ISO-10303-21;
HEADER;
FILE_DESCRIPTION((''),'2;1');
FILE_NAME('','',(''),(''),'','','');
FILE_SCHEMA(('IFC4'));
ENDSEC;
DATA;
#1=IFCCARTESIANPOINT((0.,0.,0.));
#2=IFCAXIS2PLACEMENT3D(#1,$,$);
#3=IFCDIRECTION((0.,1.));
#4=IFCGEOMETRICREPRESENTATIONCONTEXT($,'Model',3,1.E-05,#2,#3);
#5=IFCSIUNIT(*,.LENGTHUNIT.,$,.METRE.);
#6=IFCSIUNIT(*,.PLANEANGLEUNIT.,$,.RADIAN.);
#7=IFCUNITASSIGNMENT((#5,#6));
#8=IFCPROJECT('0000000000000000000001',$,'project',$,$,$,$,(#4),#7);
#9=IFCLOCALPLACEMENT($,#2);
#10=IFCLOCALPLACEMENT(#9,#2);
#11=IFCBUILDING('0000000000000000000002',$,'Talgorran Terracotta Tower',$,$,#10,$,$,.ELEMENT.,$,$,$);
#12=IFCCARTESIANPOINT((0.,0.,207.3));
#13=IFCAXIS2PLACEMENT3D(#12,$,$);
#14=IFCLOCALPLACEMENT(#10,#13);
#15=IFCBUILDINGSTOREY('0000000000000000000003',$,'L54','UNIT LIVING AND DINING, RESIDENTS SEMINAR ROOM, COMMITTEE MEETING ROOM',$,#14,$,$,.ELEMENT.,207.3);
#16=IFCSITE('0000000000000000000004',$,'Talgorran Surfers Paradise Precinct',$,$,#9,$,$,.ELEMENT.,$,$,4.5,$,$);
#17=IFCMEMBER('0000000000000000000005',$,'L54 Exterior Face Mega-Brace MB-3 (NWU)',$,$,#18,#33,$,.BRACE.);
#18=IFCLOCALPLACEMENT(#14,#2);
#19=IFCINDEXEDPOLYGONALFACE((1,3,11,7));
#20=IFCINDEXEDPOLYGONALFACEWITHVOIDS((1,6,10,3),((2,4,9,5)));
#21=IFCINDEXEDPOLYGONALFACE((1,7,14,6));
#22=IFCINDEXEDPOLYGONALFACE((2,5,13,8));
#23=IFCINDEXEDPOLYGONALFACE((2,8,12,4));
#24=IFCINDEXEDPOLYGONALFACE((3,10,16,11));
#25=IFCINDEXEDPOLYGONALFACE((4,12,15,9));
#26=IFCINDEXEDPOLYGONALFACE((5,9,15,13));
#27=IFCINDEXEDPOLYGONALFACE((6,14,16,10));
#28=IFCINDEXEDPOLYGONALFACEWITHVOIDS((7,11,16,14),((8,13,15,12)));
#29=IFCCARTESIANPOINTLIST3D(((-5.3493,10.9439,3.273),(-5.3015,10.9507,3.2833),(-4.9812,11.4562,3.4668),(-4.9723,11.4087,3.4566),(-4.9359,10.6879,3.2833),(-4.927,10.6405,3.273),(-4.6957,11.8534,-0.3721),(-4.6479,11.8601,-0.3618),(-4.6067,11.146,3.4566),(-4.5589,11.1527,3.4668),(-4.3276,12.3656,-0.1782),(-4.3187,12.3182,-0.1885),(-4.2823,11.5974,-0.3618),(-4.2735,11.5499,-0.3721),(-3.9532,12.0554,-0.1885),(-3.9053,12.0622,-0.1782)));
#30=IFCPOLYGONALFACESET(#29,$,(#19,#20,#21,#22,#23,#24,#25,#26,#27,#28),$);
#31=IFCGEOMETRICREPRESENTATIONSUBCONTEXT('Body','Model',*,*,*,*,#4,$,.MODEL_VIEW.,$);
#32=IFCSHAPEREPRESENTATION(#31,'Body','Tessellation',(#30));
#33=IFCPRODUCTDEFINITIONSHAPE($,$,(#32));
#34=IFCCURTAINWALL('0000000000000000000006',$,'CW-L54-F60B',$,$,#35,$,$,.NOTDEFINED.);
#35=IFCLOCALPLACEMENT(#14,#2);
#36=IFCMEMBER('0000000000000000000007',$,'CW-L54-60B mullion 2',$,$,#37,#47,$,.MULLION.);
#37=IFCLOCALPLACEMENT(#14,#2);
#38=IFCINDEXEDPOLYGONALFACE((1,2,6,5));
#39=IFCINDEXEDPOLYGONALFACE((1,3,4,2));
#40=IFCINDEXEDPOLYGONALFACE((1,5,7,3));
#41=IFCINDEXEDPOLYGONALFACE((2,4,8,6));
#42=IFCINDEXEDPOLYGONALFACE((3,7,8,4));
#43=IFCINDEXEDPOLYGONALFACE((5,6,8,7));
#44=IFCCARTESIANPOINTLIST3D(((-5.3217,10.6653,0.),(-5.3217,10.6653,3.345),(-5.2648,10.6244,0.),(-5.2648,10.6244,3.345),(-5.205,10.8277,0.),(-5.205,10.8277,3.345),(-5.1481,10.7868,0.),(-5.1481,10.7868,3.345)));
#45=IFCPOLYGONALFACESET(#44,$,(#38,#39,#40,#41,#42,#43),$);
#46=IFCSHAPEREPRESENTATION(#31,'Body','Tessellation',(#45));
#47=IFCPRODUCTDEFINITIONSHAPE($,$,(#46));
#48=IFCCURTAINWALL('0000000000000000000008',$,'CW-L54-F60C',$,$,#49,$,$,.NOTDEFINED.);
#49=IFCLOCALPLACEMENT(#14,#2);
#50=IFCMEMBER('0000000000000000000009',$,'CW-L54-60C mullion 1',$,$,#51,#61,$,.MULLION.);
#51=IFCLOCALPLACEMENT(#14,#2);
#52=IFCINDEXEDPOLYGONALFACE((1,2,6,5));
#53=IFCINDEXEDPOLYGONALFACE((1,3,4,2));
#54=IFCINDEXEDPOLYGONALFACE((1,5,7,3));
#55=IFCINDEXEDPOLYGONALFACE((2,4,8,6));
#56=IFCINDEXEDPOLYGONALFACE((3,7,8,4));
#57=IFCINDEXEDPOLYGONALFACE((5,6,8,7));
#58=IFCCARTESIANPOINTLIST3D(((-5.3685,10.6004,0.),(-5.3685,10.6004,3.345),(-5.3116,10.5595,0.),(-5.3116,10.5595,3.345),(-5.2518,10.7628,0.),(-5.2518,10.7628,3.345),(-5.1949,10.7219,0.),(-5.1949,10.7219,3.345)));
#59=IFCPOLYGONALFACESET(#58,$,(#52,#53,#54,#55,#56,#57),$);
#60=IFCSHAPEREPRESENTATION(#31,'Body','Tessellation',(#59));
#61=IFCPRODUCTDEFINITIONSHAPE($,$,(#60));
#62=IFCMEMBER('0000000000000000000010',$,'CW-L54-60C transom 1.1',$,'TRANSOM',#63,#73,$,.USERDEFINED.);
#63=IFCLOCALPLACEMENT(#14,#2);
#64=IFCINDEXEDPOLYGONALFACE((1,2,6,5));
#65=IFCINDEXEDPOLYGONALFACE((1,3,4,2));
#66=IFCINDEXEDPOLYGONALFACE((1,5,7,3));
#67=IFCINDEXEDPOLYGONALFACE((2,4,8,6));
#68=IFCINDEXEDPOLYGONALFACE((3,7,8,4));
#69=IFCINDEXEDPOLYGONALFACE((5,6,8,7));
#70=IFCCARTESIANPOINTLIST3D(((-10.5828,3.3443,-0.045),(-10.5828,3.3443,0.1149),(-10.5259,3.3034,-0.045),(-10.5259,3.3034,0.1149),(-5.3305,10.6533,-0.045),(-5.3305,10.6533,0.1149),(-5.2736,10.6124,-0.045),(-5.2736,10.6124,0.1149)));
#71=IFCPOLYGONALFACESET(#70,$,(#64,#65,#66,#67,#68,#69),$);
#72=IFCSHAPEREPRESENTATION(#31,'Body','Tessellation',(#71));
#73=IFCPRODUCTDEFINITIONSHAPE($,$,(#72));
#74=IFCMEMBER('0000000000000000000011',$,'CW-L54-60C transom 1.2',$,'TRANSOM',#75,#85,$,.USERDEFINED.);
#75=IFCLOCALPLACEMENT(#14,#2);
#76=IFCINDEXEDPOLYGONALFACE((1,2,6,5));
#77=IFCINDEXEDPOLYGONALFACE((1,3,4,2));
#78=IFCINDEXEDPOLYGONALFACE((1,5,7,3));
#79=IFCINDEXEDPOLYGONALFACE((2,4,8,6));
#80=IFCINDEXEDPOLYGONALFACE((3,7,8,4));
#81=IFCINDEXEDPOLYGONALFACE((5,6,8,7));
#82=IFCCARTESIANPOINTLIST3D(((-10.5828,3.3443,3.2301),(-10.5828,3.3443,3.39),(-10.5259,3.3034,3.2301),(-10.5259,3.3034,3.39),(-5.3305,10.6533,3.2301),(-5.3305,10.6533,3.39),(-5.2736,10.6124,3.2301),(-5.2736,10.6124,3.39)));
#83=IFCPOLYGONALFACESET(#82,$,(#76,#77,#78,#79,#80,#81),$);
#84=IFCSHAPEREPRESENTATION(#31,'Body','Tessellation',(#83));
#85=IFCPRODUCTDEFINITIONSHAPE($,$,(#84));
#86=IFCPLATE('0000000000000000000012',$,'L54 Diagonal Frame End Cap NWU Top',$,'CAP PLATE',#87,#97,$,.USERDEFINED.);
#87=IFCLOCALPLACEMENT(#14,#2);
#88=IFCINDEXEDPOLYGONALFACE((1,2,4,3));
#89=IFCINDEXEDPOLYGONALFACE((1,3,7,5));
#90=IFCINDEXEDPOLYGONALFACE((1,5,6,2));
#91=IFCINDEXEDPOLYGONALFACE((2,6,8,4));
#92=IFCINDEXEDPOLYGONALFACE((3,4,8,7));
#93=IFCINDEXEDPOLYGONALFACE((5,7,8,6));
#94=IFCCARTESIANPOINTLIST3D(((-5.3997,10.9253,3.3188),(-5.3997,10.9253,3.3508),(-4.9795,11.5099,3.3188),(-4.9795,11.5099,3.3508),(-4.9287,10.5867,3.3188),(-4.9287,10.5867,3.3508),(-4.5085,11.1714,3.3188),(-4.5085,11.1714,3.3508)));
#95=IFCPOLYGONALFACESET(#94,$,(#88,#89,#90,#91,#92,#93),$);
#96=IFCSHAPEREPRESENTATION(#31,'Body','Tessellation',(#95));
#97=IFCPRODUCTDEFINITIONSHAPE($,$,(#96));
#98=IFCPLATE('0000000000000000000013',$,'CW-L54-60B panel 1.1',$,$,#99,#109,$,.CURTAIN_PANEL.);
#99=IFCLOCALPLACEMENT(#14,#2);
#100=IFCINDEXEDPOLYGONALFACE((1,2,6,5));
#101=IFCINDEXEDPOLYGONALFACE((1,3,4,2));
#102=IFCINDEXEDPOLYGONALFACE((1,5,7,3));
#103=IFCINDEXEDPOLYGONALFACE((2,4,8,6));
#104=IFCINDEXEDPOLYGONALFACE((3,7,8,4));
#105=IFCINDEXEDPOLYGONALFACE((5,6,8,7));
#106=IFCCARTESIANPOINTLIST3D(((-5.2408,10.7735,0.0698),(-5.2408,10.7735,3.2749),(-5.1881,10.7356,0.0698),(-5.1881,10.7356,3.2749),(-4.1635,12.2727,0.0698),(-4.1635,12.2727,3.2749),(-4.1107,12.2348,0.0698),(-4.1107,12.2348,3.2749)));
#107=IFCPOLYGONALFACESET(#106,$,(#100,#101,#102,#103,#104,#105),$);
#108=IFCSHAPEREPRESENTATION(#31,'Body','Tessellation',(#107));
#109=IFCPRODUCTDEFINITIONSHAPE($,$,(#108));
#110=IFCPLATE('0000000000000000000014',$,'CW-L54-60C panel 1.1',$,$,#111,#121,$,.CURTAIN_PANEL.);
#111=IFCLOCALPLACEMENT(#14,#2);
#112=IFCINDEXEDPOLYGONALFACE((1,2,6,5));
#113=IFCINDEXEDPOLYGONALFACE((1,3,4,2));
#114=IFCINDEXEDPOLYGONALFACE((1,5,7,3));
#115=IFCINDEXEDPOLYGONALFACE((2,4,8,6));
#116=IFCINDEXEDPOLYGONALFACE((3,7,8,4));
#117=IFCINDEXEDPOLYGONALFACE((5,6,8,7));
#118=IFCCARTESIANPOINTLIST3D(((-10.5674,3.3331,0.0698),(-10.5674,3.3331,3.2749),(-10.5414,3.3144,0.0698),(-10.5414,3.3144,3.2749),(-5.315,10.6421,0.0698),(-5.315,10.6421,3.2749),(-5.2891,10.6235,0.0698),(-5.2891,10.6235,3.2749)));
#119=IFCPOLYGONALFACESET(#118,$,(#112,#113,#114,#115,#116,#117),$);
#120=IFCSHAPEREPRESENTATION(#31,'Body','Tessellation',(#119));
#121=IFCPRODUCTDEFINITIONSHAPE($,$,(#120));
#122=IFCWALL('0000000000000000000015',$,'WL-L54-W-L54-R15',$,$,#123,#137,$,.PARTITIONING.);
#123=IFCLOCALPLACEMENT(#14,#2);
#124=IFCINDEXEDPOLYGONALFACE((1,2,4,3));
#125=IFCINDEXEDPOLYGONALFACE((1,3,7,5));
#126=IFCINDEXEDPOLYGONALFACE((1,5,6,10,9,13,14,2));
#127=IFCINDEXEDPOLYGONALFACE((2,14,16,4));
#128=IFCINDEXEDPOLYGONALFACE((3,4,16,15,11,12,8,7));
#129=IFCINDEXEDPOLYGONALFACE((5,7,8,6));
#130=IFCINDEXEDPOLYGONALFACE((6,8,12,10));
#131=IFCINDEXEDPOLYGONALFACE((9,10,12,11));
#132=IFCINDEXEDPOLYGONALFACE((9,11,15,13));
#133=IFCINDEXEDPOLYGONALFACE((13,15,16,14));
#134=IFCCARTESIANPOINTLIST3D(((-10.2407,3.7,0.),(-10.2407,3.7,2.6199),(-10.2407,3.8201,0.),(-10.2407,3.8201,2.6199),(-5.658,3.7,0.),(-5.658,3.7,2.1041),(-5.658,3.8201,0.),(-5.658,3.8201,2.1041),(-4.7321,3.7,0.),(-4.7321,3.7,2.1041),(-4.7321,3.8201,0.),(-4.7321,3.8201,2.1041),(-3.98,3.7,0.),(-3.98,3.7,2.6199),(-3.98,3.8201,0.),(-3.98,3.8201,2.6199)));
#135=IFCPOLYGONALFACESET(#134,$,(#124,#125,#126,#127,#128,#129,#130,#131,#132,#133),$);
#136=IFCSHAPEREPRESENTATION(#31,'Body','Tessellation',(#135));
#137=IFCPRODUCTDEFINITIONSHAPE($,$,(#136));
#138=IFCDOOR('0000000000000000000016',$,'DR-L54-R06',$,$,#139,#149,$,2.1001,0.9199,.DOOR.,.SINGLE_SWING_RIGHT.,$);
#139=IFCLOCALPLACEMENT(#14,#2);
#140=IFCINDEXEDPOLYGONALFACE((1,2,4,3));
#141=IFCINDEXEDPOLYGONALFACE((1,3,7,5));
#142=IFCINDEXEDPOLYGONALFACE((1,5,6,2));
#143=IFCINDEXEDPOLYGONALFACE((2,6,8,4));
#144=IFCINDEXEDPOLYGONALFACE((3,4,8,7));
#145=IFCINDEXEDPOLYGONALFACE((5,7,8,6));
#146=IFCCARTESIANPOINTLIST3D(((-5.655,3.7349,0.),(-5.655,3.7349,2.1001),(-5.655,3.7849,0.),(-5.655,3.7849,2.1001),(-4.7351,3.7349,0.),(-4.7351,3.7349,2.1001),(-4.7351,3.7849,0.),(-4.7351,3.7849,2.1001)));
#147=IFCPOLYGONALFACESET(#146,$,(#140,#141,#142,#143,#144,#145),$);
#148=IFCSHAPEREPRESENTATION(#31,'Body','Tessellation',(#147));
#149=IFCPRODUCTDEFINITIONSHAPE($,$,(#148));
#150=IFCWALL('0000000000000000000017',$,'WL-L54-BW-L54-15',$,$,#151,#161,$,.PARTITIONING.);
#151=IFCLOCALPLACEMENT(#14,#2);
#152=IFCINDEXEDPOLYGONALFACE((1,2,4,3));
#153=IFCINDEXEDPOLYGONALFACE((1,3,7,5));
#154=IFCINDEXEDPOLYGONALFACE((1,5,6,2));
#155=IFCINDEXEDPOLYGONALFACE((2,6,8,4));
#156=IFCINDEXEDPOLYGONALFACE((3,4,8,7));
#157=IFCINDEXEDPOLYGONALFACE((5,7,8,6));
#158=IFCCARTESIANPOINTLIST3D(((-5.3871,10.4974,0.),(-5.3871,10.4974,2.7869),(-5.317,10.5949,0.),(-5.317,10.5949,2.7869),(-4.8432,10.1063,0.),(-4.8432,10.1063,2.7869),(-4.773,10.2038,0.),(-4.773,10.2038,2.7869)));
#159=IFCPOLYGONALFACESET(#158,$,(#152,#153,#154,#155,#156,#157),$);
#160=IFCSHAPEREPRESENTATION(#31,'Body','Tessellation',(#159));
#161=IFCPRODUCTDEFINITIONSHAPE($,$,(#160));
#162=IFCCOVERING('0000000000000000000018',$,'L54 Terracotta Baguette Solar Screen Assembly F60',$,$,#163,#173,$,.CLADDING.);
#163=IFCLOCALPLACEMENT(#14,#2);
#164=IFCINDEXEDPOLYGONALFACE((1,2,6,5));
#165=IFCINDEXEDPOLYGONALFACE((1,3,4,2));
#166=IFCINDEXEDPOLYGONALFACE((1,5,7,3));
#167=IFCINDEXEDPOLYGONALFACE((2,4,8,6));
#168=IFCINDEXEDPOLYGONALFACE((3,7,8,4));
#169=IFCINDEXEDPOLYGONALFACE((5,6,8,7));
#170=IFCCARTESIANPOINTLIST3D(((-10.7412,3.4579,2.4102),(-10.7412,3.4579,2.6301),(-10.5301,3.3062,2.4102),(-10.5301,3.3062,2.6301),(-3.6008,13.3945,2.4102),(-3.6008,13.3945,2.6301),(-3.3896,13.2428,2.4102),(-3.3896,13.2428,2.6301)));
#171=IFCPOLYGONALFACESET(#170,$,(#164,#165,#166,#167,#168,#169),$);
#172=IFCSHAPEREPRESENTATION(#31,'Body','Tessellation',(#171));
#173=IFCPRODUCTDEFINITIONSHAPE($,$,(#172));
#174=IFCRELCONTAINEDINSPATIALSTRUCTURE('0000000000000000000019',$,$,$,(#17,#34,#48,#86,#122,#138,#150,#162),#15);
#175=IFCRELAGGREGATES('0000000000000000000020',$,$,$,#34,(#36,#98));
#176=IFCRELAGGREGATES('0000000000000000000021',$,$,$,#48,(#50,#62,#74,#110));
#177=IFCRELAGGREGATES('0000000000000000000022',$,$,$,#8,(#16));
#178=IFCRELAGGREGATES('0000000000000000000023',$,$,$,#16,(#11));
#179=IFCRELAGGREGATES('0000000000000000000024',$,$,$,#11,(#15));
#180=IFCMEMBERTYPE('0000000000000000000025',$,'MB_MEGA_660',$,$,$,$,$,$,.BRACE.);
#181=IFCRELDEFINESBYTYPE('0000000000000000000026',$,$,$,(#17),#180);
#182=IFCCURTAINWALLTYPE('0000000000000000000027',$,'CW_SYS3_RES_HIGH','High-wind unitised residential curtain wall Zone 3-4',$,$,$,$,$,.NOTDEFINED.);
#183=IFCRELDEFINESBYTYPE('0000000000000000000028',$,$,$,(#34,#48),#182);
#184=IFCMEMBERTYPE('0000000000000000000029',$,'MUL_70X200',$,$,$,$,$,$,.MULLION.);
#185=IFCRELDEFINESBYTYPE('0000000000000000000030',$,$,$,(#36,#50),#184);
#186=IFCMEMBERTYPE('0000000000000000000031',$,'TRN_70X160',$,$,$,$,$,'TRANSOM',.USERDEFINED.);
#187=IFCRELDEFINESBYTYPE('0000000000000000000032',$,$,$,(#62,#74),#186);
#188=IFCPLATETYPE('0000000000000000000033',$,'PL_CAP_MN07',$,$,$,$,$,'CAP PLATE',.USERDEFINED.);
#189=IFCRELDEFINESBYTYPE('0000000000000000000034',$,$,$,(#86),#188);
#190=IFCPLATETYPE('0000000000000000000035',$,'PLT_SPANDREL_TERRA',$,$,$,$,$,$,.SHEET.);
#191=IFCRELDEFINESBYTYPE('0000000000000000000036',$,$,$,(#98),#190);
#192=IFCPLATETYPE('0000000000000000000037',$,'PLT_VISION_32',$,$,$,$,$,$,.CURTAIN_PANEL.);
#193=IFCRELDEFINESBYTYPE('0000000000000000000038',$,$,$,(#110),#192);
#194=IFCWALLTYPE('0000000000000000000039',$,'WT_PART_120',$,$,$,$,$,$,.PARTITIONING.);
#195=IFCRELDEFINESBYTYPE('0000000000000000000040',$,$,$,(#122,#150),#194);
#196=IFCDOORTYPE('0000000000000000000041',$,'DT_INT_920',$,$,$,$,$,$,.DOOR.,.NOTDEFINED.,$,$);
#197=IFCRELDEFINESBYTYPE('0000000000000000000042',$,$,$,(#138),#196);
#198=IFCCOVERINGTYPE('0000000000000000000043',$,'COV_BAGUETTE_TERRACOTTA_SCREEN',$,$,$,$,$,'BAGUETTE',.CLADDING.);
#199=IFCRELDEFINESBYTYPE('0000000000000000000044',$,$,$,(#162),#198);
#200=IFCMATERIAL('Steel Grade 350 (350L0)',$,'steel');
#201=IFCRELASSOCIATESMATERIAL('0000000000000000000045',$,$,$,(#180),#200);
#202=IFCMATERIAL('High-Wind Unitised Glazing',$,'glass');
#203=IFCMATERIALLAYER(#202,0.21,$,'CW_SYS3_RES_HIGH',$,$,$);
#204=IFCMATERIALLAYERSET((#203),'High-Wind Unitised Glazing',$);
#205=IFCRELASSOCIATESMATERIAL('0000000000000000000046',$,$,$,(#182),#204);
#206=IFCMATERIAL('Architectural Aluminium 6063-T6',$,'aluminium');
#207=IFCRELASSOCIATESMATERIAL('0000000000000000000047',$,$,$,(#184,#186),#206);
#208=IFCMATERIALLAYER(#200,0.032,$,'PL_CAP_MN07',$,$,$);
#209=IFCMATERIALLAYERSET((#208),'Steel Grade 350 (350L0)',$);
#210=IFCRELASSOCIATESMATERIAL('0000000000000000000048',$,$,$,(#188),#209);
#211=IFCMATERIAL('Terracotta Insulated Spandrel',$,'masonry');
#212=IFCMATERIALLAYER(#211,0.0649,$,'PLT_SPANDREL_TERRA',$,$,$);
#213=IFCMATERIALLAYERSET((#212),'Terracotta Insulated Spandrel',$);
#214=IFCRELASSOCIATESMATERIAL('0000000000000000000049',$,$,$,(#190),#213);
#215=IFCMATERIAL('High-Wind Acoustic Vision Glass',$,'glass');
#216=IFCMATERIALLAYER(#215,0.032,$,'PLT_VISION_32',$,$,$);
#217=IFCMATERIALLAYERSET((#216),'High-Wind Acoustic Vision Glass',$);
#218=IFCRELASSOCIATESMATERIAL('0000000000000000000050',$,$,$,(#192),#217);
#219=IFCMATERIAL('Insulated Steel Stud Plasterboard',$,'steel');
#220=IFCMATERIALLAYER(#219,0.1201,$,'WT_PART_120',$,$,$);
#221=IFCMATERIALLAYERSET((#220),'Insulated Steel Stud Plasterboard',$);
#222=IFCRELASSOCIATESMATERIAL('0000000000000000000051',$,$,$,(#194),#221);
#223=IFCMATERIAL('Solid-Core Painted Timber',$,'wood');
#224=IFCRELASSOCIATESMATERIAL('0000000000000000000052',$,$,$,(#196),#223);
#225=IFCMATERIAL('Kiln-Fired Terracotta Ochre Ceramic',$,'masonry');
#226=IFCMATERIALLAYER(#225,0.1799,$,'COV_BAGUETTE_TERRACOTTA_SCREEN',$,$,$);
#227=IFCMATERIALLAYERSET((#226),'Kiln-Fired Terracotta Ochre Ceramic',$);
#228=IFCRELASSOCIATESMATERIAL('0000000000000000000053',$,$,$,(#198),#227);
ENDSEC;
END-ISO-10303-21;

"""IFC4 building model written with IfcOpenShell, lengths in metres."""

from ifc_helpers import new_model, si_unit, direction, frame, frame_2d, origin, origin_2d, place, context, subcontext, project, spatial, rectangle, hollow_rectangle, extrude, source, transform, mapped, material, layer, layer_set, material_profile, profile_set, type_object, type_shapes, element, fill, aggregate, save


model = new_model("IFC4")

# Units and contexts
model_context = context("Model", 3, precision=1e-05, world=origin(), true_north=direction((0.0, 1.0)))
body_context = subcontext(model_context, "Body", "Model", "MODEL_VIEW")
ifc_project = project(units=[si_unit("LENGTHUNIT", "METRE"), si_unit("PLANEANGLEUNIT", "RADIAN")], contexts=[model_context])

# Site, building, storey
site_placement = place(None, origin())
site = spatial("IfcSite", under=ifc_project, at=site_placement, Name="Talgorran Surfers Paradise Precinct", CompositionType="ELEMENT", RefElevation=4.5)
building_placement = place(site_placement, origin())
building = spatial("IfcBuilding", under=site, at=building_placement, Name="Talgorran Terracotta Tower", CompositionType="ELEMENT")
storey_placement = place(building_placement, frame((0.0, 0.0, 207.3)))
storey = spatial("IfcBuildingStorey", under=building, at=storey_placement, Name="L54", Description="UNIT LIVING AND DINING, RESIDENTS SEMINAR ROOM, COMMITTEE MEETING ROOM", CompositionType="ELEMENT", Elevation=207.3)

# Shared definitions
ifc_material_1 = material(Name="Steel Grade 350 (350L0)", Category="steel")

# Member
ifc_material_profile_1 = material_profile(ifc_material_1, hollow_rectangle(XDim=0.52, YDim=0.6599, WallThickness=0.0349, at=origin_2d()), Name="WBOX660X520X35")
ifc_profile_set_1 = profile_set([ifc_material_profile_1], Name="Steel Grade 350 (350L0)")
member_type_1 = type_object("IfcMemberType", Name="MB_MEGA_660", PredefinedType="BRACE", material=ifc_profile_set_1)
member_1_placement = place(storey_placement, frame((-4.3005, 11.9578, -0.2751), z_axis=(-0.171396, -0.238495, 0.955899), x_axis=(0.812051, -0.583587, 0.0)))
element("IfcMember", 1, at=member_1_placement, inside=storey, type_object=member_type_1, Name="L54 Exterior Face Mega-Brace MB-3 (NWU)", PredefinedType="BRACE", context=body_context, shape_type="SweptSolid", body=[
    extrude(hollow_rectangle(XDim=0.52, YDim=0.6599, WallThickness=0.0349, at=origin_2d()), origin(), (0.0, 0.0, 1.0), 3.8132),
])

# Curtain wall, member
ifc_material_2 = material(Name="High-Wind Unitised Glazing", Category="glass")
ifc_layer_1 = layer(ifc_material_2, 0.21, Name="CW_SYS3_RES_HIGH")
ifc_layer_set_1 = layer_set([ifc_layer_1], Name="High-Wind Unitised Glazing")
curtain_wall_type = type_object("IfcCurtainWallType", Name="CW_SYS3_RES_HIGH", Description="High-wind unitised residential curtain wall Zone 3-4", PredefinedType="NOTDEFINED", material=ifc_layer_set_1)
curtain_wall_1_placement = place(storey_placement, origin())
curtain_wall_1 = element("IfcCurtainWall", 2, at=curtain_wall_1_placement, inside=storey, type_object=curtain_wall_type, Name="CW-L54-F60B", PredefinedType="NOTDEFINED")
ifc_material_3 = material(Name="Architectural Aluminium 6063-T6", Category="aluminium")
ifc_material_profile_2 = material_profile(ifc_material_3, rectangle(XDim=0.0701, YDim=0.2, at=origin_2d()), Name="CWM70X200")
ifc_profile_set_2 = profile_set([ifc_material_profile_2], Name="Architectural Aluminium 6063-T6")
member_type_2 = type_object("IfcMemberType", Name="MUL_70X200", PredefinedType="MULLION", material=ifc_profile_set_2)
member_2_placement = place(storey_placement, frame((-5.2349, 10.7261, 0.0), z_axis=(0.0, 0.0, 1.0), x_axis=(0.81208, -0.583546, 0.0)))
member_2 = element("IfcMember", 3, at=member_2_placement, type_object=member_type_2, Name="CW-L54-60B mullion 2", PredefinedType="MULLION", context=body_context, shape_type="SweptSolid", body=[
    extrude(rectangle(XDim=0.0701, YDim=0.2, at=origin_2d()), origin(), (0.0, 0.0, 1.0), 3.345),
])

# Curtain wall, members
curtain_wall_2_placement = place(storey_placement, origin())
curtain_wall_2 = element("IfcCurtainWall", 4, at=curtain_wall_2_placement, inside=storey, type_object=curtain_wall_type, Name="CW-L54-F60C", PredefinedType="NOTDEFINED")
member_3_placement = place(storey_placement, frame((-5.2817, 10.6611, 0.0), z_axis=(0.0, 0.0, 1.0), x_axis=(0.812071, -0.583559, 0.0)))
member_3 = element("IfcMember", 5, at=member_3_placement, type_object=member_type_2, Name="CW-L54-60C mullion 1", PredefinedType="MULLION", context=body_context, shape_type="SweptSolid", body=[
    extrude(rectangle(XDim=0.0701, YDim=0.2, at=origin_2d()), origin(), (0.0, 0.0, 1.0), 3.345),
])
ifc_material_profile_3 = material_profile(ifc_material_3, rectangle(XDim=0.0701, YDim=0.1599, at=origin_2d()), Name="CWT70X160")
ifc_profile_set_3 = profile_set([ifc_material_profile_3], Name="Architectural Aluminium 6063-T6")
member_type_3 = type_object("IfcMemberType", Name="TRN_70X160", ElementType="TRANSOM", PredefinedType="USERDEFINED", material=ifc_profile_set_3)
member_4_placement = place(storey_placement, frame((-5.302, 10.6328, 0.0349), z_axis=(-0.583566, -0.812066, 0.0), x_axis=(0.812066, -0.583566, 0.0)))
member_4 = element("IfcMember", 6, at=member_4_placement, type_object=member_type_3, Name="CW-L54-60C transom 1.1", ObjectType="TRANSOM", PredefinedType="USERDEFINED", context=body_context, shape_type="SweptSolid", body=[
    extrude(rectangle(XDim=0.0701, YDim=0.1599, at=origin_2d()), origin(), (0.0, 0.0, 1.0), 9.0005),
])
member_5_placement = place(storey_placement, frame((-5.302, 10.6328, 3.3101), z_axis=(-0.583566, -0.812066, 0.0), x_axis=(0.812066, -0.583566, 0.0)))
member_5 = element("IfcMember", 7, at=member_5_placement, type_object=member_type_3, Name="CW-L54-60C transom 1.2", ObjectType="TRANSOM", PredefinedType="USERDEFINED", context=body_context, shape_type="SweptSolid", body=[
    extrude(rectangle(XDim=0.0701, YDim=0.1599, at=origin_2d()), origin(), (0.0, 0.0, 1.0), 9.0005),
])

# Plates
ifc_layer_2 = layer(ifc_material_1, 0.032, Name="PL_CAP_MN07")
ifc_layer_set_2 = layer_set([ifc_layer_2], Name="Steel Grade 350 (350L0)")
plate_type_1 = type_object("IfcPlateType", Name="PL_CAP_MN07", ElementType="CAP PLATE", PredefinedType="USERDEFINED", material=ifc_layer_set_2)
plate_1_placement = place(storey_placement, frame((-4.9541, 11.0483, 3.3188), z_axis=(0.0, 0.0, 1.0), x_axis=(-0.583683, -0.811982, 0.0)))
element("IfcPlate", 8, at=plate_1_placement, inside=storey, type_object=plate_type_1, Name="L54 Diagonal Frame End Cap NWU Top", ObjectType="CAP PLATE", PredefinedType="USERDEFINED", context=body_context, shape_type="SweptSolid", body=[
    extrude(rectangle(XDim=0.72, YDim=0.5801, at=origin_2d()), origin(), (0.0, 0.0, 1.0), 0.032),
])
ifc_material_4 = material(Name="Terracotta Insulated Spandrel", Category="masonry")
ifc_layer_3 = layer(ifc_material_4, 0.0649, Name="PLT_SPANDREL_TERRA")
ifc_layer_set_3 = layer_set([ifc_layer_3], Name="Terracotta Insulated Spandrel")
plate_type_2 = type_object("IfcPlateType", Name="PLT_SPANDREL_TERRA", PredefinedType="SHEET", material=ifc_layer_set_3)
shared_shape_1 = source(origin(), body_context, "Body", "SweptSolid", [
    extrude(rectangle(XDim=1.8462, YDim=0.0649, at=origin_2d()), origin(), (0.0, 0.0, 1.0), 3.2051),
])
type_shapes(plate_type_2, [shared_shape_1])
plate_2_placement = place(storey_placement, frame((-4.6758, 11.5042, 0.0698), z_axis=(0.0, 0.0, 1.0), x_axis=(-0.583546, -0.81208, 0.0)))
plate_2 = element("IfcPlate", 9, at=plate_2_placement, type_object=plate_type_2, Name="CW-L54-60B panel 1.1", PredefinedType="CURTAIN_PANEL", context=body_context, shape_type="MappedRepresentation", body=[
    mapped(shared_shape_1, transform((0.0, 0.0, 0.0), scale=1.0)),
])
aggregate(curtain_wall_1, [member_2, plate_2])
ifc_material_5 = material(Name="High-Wind Acoustic Vision Glass", Category="glass")
ifc_layer_4 = layer(ifc_material_5, 0.032, Name="PLT_VISION_32")
ifc_layer_set_4 = layer_set([ifc_layer_4], Name="High-Wind Acoustic Vision Glass")
plate_type_3 = type_object("IfcPlateType", Name="PLT_VISION_32", PredefinedType="CURTAIN_PANEL", material=ifc_layer_set_4)
shared_shape_2 = source(origin(), body_context, "Body", "SweptSolid", [
    extrude(rectangle(XDim=9.0005, YDim=0.032, at=origin_2d()), origin(), (0.0, 0.0, 1.0), 3.2051),
])
type_shapes(plate_type_3, [shared_shape_2])
plate_3_placement = place(storey_placement, frame((-7.9282, 6.9783, 0.0698), z_axis=(0.0, 0.0, 1.0), x_axis=(-0.583559, -0.812071, 0.0)))
plate_3 = element("IfcPlate", 10, at=plate_3_placement, type_object=plate_type_3, Name="CW-L54-60C panel 1.1", PredefinedType="CURTAIN_PANEL", context=body_context, shape_type="MappedRepresentation", body=[
    mapped(shared_shape_2, transform((0.0, 0.0, 0.0), scale=1.0)),
])
aggregate(curtain_wall_2, [member_3, member_4, member_5, plate_3])

# Wall, opening, door
ifc_material_6 = material(Name="Insulated Steel Stud Plasterboard", Category="steel")
ifc_layer_5 = layer(ifc_material_6, 0.1201, Name="WT_PART_120")
ifc_layer_set_5 = layer_set([ifc_layer_5], Name="Insulated Steel Stud Plasterboard")
wall_type = type_object("IfcWallType", Name="WT_PART_120", PredefinedType="PARTITIONING", material=ifc_layer_set_5)
wall_1_placement = place(storey_placement, frame((-10.2407, 3.76, 0.0), z_axis=(0.0, 0.0, 1.0), x_axis=(1.0, 0.0, 0.0)))
wall_1 = element("IfcWall", 11, at=wall_1_placement, inside=storey, type_object=wall_type, Name="WL-L54-W-L54-R15", PredefinedType="PARTITIONING", context=body_context, shape_type="SweptSolid", body=[
    extrude(rectangle(XDim=6.2607, YDim=0.1201, at=frame_2d((3.1304, 0.0))), origin(), (0.0, 0.0, 1.0), 2.6199),
])
opening_placement = place(wall_1_placement, frame((4.5857, 0.0, 0.0)))
opening = element("IfcOpeningElement", 12, at=opening_placement, cuts=wall_1, PredefinedType="OPENING", context=body_context, shape_type="SweptSolid", body=[
    extrude(rectangle(XDim=0.9259, YDim=2.1041, at=frame_2d((0.46, 1.052))), frame((0.0, 0.0701, 0.0), z_axis=(0.0, -1.0, 0.0), x_axis=(1.0, 0.0, 0.0)), (0.0, 0.0, 1.0), 0.1401),
])
ifc_material_7 = material(Name="Solid-Core Painted Timber", Category="wood")
door_type = type_object("IfcDoorType", Name="DT_INT_920", OperationType="NOTDEFINED", PredefinedType="DOOR", material=ifc_material_7)
door_placement = place(opening_placement, origin())
door = element("IfcDoor", 13, at=door_placement, inside=storey, type_object=door_type, Name="DR-L54-R06", OperationType="SINGLE_SWING_RIGHT", OverallHeight=2.1001, OverallWidth=0.9199, PredefinedType="DOOR", context=body_context, shape_type="SweptSolid", body=[
    extrude(rectangle(XDim=0.9199, YDim=2.1001, at=frame_2d((0.46, 1.05))), frame((0.0, 0.0249, 0.0), z_axis=(0.0, -1.0, 0.0), x_axis=(1.0, 0.0, 0.0)), (0.0, 0.0, 1.0), 0.05),
])
fill(opening, door)

# Wall
wall_2_placement = place(storey_placement, frame((-4.8081, 10.155, 0.0), z_axis=(0.0, 0.0, 1.0), x_axis=(-0.811907, 0.583786, 0.0)))
element("IfcWall", 14, at=wall_2_placement, inside=storey, type_object=wall_type, Name="WL-L54-BW-L54-15", PredefinedType="PARTITIONING", context=body_context, shape_type="SweptSolid", body=[
    extrude(rectangle(XDim=0.6699, YDim=0.1201, at=frame_2d((0.335, 0.0))), origin(), (0.0, 0.0, 1.0), 2.7869),
])

# Covering
ifc_material_8 = material(Name="Kiln-Fired Terracotta Ochre Ceramic", Category="masonry")
ifc_layer_6 = layer(ifc_material_8, 0.1799, Name="COV_BAGUETTE_TERRACOTTA_SCREEN")
ifc_layer_set_6 = layer_set([ifc_layer_6], Name="Kiln-Fired Terracotta Ochre Ceramic")
covering_type_1 = type_object("IfcCoveringType", Name="COV_BAGUETTE_TERRACOTTA_SCREEN", ElementType="BAGUETTE", PredefinedType="CLADDING", material=ifc_layer_set_6)
covering_1_placement = place(storey_placement, frame((-7.0654, 8.3503, 2.4102), z_axis=(0.0, 0.0, 1.0), x_axis=(-0.583555, -0.812073, 0.0)))
element("IfcCovering", 15, at=covering_1_placement, inside=storey, type_object=covering_type_1, Name="L54 Terracotta Baguette Solar Screen Assembly F60", PredefinedType="CLADDING", context=body_context, shape_type="SweptSolid", body=[
    extrude(rectangle(XDim=12.2361, YDim=0.26, at=origin_2d()), origin(), (0.0, 0.0, 1.0), 0.22),
])

save(model, "model.ifc")
